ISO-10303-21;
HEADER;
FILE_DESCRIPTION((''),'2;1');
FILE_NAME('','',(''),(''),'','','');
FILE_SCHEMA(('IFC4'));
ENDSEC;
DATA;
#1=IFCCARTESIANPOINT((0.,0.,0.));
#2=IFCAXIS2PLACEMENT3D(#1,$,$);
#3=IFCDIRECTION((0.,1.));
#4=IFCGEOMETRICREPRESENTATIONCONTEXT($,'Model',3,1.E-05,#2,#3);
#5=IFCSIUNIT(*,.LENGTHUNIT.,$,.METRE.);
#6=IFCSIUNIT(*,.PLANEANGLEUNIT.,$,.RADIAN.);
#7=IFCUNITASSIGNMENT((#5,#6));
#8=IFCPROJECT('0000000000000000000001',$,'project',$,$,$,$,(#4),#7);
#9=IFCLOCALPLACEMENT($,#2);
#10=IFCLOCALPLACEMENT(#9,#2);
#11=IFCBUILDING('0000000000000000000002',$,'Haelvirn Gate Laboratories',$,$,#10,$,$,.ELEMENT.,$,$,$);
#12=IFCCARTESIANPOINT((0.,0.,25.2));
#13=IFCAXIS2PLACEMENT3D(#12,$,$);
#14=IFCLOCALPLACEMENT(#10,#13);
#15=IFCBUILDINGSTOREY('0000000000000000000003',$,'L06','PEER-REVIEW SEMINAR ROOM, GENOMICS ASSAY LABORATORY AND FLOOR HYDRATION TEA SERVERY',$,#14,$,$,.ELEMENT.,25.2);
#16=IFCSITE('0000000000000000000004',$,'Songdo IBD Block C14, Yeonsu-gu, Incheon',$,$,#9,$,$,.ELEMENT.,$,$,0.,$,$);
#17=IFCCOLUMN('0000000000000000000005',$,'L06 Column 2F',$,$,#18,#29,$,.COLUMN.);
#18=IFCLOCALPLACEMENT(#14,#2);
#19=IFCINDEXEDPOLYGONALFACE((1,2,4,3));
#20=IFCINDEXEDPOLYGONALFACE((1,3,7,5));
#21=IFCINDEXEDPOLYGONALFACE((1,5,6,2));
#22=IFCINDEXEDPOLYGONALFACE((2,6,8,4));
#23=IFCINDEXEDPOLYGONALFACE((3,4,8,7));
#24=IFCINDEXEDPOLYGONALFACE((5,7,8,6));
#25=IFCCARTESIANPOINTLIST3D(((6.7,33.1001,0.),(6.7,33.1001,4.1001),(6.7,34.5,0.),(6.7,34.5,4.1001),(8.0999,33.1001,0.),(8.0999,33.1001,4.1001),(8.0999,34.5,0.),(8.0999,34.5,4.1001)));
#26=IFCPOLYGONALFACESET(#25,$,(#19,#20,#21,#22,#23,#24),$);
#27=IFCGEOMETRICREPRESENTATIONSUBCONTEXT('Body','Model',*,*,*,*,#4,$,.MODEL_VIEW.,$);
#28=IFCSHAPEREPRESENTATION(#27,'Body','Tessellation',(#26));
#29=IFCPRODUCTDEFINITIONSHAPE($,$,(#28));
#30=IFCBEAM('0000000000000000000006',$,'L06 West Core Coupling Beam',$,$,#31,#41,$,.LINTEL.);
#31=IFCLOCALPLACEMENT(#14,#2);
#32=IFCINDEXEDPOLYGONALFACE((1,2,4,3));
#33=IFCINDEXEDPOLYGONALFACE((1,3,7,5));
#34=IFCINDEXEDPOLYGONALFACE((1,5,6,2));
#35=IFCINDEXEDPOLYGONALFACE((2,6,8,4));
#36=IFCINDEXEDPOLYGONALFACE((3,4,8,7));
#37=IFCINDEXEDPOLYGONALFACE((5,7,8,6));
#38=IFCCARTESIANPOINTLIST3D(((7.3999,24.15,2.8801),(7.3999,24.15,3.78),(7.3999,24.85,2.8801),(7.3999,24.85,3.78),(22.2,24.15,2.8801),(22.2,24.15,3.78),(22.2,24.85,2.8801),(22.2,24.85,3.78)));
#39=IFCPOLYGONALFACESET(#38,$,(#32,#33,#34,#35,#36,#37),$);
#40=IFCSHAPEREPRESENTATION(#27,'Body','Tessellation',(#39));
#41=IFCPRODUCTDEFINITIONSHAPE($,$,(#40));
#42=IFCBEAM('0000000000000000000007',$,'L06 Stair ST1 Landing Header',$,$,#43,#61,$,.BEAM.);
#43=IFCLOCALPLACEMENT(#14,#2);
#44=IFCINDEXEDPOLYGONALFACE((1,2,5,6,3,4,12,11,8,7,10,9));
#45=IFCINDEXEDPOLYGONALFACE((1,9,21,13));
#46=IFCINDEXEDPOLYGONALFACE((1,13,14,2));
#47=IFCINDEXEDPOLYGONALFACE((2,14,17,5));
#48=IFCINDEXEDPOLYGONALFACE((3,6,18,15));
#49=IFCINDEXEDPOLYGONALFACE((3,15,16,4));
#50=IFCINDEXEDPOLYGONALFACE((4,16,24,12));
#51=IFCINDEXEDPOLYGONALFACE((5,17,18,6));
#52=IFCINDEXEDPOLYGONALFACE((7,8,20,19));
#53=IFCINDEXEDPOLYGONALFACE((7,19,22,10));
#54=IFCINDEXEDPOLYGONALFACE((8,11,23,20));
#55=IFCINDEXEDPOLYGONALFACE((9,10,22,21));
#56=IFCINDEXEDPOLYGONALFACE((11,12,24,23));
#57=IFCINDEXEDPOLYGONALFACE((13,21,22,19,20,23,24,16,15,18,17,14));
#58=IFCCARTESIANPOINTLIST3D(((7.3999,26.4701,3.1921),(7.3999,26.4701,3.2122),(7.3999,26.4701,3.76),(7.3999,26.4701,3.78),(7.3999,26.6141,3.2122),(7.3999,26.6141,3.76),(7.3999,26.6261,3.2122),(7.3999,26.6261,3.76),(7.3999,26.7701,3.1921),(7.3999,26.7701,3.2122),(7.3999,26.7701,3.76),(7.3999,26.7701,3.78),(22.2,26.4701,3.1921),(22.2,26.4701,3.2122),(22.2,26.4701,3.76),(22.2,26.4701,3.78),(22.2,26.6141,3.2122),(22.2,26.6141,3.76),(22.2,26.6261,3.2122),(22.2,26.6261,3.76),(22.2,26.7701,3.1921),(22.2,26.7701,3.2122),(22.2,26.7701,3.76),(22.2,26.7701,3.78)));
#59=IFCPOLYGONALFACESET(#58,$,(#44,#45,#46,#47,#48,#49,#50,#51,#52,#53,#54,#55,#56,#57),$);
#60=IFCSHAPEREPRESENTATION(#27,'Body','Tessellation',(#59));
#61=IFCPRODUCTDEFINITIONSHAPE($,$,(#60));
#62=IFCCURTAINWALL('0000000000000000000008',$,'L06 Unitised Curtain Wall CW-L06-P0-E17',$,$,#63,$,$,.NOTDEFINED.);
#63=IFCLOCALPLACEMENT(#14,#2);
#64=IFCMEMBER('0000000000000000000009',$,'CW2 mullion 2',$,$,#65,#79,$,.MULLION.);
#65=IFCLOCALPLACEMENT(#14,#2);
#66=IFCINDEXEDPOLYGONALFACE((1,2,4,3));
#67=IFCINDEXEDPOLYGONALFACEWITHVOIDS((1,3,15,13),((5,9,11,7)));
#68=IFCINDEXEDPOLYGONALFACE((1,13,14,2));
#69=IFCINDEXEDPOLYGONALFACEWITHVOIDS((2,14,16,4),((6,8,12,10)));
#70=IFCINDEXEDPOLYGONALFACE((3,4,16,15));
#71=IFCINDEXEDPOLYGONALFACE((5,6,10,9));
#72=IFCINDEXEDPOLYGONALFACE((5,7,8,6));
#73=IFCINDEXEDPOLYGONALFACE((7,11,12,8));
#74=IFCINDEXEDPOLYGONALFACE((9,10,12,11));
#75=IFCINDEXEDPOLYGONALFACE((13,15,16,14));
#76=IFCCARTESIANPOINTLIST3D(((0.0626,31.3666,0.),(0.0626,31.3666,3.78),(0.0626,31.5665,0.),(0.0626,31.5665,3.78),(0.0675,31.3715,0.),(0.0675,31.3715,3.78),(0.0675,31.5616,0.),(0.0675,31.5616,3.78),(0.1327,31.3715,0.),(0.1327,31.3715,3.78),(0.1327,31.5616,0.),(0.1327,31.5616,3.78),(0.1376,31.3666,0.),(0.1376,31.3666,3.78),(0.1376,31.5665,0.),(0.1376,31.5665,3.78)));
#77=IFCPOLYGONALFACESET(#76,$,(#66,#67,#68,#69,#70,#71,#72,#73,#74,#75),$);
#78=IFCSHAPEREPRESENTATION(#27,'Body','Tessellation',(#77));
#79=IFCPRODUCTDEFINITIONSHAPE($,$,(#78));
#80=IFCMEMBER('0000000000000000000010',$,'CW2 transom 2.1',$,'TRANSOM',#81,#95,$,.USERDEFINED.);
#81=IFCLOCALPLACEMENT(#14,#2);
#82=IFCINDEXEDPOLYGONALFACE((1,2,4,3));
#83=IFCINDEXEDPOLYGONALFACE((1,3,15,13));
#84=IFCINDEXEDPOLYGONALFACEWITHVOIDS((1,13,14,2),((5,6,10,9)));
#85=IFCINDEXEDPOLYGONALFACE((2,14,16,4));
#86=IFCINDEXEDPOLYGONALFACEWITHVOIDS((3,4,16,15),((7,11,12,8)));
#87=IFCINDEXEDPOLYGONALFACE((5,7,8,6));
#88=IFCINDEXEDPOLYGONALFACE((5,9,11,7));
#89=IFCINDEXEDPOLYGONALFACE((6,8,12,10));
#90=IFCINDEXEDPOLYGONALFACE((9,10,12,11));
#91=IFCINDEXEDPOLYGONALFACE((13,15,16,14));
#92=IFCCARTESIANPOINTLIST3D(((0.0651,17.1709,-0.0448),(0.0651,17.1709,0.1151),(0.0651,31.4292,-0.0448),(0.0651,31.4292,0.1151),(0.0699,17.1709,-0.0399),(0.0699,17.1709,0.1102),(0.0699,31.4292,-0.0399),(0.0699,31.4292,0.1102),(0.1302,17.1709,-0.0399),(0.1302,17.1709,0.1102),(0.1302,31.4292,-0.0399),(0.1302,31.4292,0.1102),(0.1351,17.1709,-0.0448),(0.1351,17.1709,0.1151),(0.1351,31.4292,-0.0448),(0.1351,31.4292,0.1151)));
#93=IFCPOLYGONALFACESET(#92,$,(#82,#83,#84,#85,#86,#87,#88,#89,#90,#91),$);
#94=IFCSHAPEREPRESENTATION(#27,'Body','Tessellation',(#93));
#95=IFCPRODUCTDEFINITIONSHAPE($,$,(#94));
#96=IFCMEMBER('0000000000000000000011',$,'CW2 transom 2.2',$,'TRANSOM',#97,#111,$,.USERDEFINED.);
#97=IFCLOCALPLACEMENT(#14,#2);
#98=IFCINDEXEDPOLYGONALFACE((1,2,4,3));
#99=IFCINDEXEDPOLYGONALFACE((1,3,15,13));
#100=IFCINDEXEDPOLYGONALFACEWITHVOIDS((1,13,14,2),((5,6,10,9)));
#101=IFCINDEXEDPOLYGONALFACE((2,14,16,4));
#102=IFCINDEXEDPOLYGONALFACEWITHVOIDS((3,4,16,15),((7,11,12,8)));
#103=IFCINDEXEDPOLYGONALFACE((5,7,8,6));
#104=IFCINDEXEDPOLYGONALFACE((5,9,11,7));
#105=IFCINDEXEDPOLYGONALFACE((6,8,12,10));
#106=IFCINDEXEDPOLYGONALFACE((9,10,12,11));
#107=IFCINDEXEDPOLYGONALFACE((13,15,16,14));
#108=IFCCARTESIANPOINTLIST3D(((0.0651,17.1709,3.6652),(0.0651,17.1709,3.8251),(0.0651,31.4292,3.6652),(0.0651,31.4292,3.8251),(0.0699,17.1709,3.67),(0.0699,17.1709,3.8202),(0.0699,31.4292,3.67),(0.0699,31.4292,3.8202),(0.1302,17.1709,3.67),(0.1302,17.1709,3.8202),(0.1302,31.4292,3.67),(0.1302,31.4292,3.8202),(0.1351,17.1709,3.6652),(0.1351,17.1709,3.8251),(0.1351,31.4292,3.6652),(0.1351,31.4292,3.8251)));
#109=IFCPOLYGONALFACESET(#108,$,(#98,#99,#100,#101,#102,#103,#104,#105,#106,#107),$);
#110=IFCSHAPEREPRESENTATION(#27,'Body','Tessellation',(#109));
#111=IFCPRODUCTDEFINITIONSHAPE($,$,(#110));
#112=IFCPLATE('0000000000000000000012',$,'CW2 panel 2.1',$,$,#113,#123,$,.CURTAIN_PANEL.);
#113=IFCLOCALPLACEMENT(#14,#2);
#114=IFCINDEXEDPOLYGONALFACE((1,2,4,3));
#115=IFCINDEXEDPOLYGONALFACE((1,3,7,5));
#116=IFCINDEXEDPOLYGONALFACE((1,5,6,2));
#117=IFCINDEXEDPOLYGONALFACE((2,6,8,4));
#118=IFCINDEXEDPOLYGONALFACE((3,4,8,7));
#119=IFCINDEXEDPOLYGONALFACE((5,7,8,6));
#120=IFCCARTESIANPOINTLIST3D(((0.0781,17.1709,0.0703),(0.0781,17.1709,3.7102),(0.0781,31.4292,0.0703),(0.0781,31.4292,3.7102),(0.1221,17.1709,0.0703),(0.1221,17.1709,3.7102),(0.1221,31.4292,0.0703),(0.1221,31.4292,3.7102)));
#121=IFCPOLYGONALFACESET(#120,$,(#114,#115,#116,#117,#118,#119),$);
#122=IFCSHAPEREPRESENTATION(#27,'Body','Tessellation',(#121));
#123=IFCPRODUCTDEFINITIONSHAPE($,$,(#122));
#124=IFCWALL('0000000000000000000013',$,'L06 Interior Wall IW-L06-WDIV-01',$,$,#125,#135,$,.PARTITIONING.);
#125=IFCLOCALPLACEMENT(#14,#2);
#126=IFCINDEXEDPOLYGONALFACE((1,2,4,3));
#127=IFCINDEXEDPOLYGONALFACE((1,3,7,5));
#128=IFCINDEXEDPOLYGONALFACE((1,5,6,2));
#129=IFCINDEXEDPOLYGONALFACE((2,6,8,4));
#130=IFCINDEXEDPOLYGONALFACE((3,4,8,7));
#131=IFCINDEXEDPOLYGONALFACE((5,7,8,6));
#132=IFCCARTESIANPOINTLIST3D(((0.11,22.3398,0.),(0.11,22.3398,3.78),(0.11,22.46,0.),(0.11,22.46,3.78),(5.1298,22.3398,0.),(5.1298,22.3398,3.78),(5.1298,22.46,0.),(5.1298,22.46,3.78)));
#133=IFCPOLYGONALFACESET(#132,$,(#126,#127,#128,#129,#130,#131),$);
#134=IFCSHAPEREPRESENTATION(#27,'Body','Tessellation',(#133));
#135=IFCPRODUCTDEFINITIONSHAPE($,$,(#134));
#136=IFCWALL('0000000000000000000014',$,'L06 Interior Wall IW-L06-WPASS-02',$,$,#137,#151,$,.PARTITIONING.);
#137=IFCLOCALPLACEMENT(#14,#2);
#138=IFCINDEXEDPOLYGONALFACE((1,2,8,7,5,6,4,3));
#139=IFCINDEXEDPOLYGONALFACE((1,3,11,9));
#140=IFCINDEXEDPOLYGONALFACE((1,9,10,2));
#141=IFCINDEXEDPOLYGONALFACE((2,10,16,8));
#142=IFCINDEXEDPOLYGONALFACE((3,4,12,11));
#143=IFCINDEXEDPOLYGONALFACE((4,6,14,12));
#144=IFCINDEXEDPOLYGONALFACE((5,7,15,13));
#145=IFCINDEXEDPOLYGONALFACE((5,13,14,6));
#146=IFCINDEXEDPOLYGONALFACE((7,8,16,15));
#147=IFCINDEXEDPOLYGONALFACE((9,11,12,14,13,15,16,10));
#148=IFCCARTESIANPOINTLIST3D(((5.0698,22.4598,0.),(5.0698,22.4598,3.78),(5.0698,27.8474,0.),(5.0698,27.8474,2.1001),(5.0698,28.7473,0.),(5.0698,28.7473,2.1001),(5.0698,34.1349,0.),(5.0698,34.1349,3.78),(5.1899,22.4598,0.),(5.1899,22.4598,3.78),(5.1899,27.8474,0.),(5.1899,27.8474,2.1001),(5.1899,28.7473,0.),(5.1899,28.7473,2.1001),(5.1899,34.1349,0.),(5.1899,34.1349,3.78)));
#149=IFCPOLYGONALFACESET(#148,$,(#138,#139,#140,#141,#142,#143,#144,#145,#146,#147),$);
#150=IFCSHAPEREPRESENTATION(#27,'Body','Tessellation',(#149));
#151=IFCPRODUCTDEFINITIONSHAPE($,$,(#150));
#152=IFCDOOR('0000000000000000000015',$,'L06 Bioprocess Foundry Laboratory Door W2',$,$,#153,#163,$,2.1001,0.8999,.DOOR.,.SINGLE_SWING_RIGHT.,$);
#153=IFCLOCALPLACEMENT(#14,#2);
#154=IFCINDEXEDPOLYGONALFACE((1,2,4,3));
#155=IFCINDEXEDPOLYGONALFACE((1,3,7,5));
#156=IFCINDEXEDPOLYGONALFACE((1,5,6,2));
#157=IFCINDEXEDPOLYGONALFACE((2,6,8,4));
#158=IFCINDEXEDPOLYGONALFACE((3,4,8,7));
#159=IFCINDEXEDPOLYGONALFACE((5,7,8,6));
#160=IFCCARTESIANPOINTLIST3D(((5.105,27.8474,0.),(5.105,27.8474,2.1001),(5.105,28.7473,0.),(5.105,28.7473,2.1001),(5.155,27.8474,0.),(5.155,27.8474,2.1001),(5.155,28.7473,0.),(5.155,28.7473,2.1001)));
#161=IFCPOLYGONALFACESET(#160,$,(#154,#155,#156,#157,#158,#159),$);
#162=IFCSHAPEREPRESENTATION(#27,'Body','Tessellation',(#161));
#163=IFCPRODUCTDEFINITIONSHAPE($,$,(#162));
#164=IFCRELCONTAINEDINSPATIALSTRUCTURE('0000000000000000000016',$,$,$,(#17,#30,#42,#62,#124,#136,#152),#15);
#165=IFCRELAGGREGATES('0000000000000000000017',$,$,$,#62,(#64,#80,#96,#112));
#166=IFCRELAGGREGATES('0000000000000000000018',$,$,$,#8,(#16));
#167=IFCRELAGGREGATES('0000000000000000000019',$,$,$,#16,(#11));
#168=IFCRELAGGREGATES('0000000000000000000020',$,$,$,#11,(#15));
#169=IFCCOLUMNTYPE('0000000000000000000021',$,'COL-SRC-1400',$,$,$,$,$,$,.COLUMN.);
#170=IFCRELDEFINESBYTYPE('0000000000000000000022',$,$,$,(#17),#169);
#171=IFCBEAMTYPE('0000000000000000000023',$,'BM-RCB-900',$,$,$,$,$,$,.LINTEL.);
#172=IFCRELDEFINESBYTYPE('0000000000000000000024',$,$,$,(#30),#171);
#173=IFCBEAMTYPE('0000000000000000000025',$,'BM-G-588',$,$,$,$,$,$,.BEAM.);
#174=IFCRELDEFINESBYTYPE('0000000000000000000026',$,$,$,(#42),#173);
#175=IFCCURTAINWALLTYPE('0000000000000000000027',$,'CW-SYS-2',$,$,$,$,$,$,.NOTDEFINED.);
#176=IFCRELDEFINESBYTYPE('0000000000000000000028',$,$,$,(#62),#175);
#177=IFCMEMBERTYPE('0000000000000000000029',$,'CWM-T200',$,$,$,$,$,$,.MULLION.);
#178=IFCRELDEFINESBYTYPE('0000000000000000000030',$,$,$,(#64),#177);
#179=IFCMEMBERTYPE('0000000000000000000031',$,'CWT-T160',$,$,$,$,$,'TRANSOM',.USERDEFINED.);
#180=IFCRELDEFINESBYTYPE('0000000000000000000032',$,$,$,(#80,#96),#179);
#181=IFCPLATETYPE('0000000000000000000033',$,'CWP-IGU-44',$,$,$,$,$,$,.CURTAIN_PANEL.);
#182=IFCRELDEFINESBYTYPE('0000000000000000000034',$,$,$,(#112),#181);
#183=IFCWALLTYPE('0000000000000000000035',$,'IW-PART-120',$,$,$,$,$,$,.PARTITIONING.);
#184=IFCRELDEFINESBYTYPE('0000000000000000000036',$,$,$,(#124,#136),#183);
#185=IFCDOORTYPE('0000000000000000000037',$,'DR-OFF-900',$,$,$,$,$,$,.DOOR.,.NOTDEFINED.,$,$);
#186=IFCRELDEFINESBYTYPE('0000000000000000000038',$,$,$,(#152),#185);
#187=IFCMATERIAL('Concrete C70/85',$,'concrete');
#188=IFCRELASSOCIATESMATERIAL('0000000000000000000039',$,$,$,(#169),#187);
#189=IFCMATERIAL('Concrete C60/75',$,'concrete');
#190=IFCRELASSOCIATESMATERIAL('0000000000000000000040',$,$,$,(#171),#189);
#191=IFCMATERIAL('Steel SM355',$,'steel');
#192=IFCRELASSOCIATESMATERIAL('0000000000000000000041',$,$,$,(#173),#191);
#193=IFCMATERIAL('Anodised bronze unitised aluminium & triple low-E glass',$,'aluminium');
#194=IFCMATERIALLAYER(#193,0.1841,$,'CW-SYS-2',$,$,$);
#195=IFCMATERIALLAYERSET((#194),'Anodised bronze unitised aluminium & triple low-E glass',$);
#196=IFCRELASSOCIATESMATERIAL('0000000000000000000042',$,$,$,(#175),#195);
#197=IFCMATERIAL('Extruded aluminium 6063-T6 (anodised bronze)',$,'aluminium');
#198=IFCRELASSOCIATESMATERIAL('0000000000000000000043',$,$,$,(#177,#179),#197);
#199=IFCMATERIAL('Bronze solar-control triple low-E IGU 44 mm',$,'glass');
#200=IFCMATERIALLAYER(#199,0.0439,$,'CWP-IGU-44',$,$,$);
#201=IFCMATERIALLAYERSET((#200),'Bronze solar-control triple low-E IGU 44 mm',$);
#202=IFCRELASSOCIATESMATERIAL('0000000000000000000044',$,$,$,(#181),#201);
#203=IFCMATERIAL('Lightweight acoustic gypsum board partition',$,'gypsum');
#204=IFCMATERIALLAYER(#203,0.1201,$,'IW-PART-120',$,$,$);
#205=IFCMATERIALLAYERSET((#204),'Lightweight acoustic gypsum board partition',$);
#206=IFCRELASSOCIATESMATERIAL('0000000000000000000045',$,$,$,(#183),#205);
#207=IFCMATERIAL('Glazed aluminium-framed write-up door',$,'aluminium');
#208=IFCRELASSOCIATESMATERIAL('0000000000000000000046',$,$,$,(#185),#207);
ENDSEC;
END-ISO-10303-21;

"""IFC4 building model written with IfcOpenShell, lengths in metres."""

from ifc_helpers import new_model, si_unit, direction, frame, frame_2d, origin, origin_2d, place, context, subcontext, project, spatial, rectangle, hollow_rectangle, i_section, extrude, source, transform, mapped, material, layer, layer_set, material_profile, profile_set, type_object, type_shapes, element, fill, aggregate, save


model = new_model("IFC4")

# Units and contexts
model_context = context("Model", 3, precision=1e-05, world=origin(), true_north=direction((0.0, 1.0)))
body_context = subcontext(model_context, "Body", "Model", "MODEL_VIEW")
ifc_project = project(units=[si_unit("LENGTHUNIT", "METRE"), si_unit("PLANEANGLEUNIT", "RADIAN")], contexts=[model_context])

# Site, building, storey
site_placement = place(None, origin())
site = spatial("IfcSite", under=ifc_project, at=site_placement, Name="Songdo IBD Block C14, Yeonsu-gu, Incheon", CompositionType="ELEMENT", RefElevation=0.0)
building_placement = place(site_placement, origin())
building = spatial("IfcBuilding", under=site, at=building_placement, Name="Haelvirn Gate Laboratories", CompositionType="ELEMENT")
storey_placement = place(building_placement, frame((0.0, 0.0, 25.2)))
storey = spatial("IfcBuildingStorey", under=building, at=storey_placement, Name="L06", Description="PEER-REVIEW SEMINAR ROOM, GENOMICS ASSAY LABORATORY AND FLOOR HYDRATION TEA SERVERY", CompositionType="ELEMENT", Elevation=25.2)

# Column
ifc_material_1 = material(Name="Concrete C70/85", Category="concrete")
ifc_material_profile_1 = material_profile(ifc_material_1, rectangle(XDim=1.3999, YDim=1.3999, at=origin_2d()), Name="SRC-1400x1400")
ifc_profile_set_1 = profile_set([ifc_material_profile_1], Name="Concrete C70/85")
column_type = type_object("IfcColumnType", Name="COL-SRC-1400", PredefinedType="COLUMN", material=ifc_profile_set_1)
shared_shape_1 = source(origin(), body_context, "Body", "SweptSolid", [
    extrude(rectangle(XDim=1.3999, YDim=1.3999, at=origin_2d()), origin(), (0.0, 0.0, 1.0), 4.1001),
])
type_shapes(column_type, [shared_shape_1])
column_placement = place(storey_placement, frame((7.3999, 33.8, 0.0), z_axis=(0.0, 0.0, 1.0), x_axis=(1.0, 0.0, 0.0)))
element("IfcColumn", 1, at=column_placement, inside=storey, type_object=column_type, Name="L06 Column 2F", PredefinedType="COLUMN", context=body_context, shape_type="MappedRepresentation", body=[
    mapped(shared_shape_1, transform((0.0, 0.0, 0.0), scale=1.0)),
])

# Beams
ifc_material_2 = material(Name="Concrete C60/75", Category="concrete")
ifc_material_profile_2 = material_profile(ifc_material_2, rectangle(XDim=0.7, YDim=0.8999, at=origin_2d()), Name="RCB-700x900")
ifc_profile_set_2 = profile_set([ifc_material_profile_2], Name="Concrete C60/75")
beam_type_1 = type_object("IfcBeamType", Name="BM-RCB-900", PredefinedType="LINTEL", material=ifc_profile_set_2)
shared_shape_2 = source(origin(), body_context, "Body", "SweptSolid", [
    extrude(rectangle(XDim=0.7, YDim=0.8999, at=origin_2d()), origin(), (0.0, 0.0, 1.0), 14.8),
])
type_shapes(beam_type_1, [shared_shape_2])
beam_1_placement = place(storey_placement, frame((7.3999, 24.5, 3.3301), z_axis=(1.0, 0.0, 0.0), x_axis=(0.0, 1.0, 0.0)))
element("IfcBeam", 2, at=beam_1_placement, inside=storey, type_object=beam_type_1, Name="L06 West Core Coupling Beam", PredefinedType="LINTEL", context=body_context, shape_type="MappedRepresentation", body=[
    mapped(shared_shape_2, transform((0.0, 0.0, 0.0), scale=1.0)),
])
ifc_material_3 = material(Name="Steel SM355", Category="steel")
ifc_material_profile_3 = material_profile(ifc_material_3, i_section(OverallWidth=0.3, OverallDepth=0.5879, WebThickness=0.012, FlangeThickness=0.02, at=origin_2d()), Name="H-588x300x12x20")
ifc_profile_set_3 = profile_set([ifc_material_profile_3], Name="Steel SM355")
beam_type_2 = type_object("IfcBeamType", Name="BM-G-588", PredefinedType="BEAM", material=ifc_profile_set_3)
shared_shape_3 = source(origin(), body_context, "Body", "SweptSolid", [
    extrude(i_section(OverallWidth=0.3, OverallDepth=0.5879, WebThickness=0.012, FlangeThickness=0.02, at=origin_2d()), origin(), (0.0, 0.0, 1.0), 14.8),
])
type_shapes(beam_type_2, [shared_shape_3])
beam_2_placement = place(storey_placement, frame((7.3999, 26.6201, 3.4861), z_axis=(1.0, 0.0, 0.0), x_axis=(0.0, 1.0, 0.0)))
element("IfcBeam", 3, at=beam_2_placement, inside=storey, type_object=beam_type_2, Name="L06 Stair ST1 Landing Header", PredefinedType="BEAM", context=body_context, shape_type="MappedRepresentation", body=[
    mapped(shared_shape_3, transform((0.0, 0.0, 0.0), scale=1.0)),
])

# Curtain wall, members, plate
ifc_material_4 = material(Name="Anodised bronze unitised aluminium & triple low-E glass", Category="aluminium")
ifc_layer_1 = layer(ifc_material_4, 0.1841, Name="CW-SYS-2")
ifc_layer_set_1 = layer_set([ifc_layer_1], Name="Anodised bronze unitised aluminium & triple low-E glass")
curtain_wall_type = type_object("IfcCurtainWallType", Name="CW-SYS-2", PredefinedType="NOTDEFINED", material=ifc_layer_set_1)
curtain_wall_placement = place(storey_placement, origin())
curtain_wall = element("IfcCurtainWall", 4, at=curtain_wall_placement, inside=storey, type_object=curtain_wall_type, Name="L06 Unitised Curtain Wall CW-L06-P0-E17", PredefinedType="NOTDEFINED")
ifc_material_5 = material(Name="Extruded aluminium 6063-T6 (anodised bronze)", Category="aluminium")
ifc_material_profile_4 = material_profile(ifc_material_5, hollow_rectangle(XDim=0.075, YDim=0.2, WallThickness=0.0049, at=origin_2d()), Name="CWM-200x75x5")
ifc_profile_set_4 = profile_set([ifc_material_profile_4], Name="Extruded aluminium 6063-T6 (anodised bronze)")
member_type_1 = type_object("IfcMemberType", Name="CWM-T200", PredefinedType="MULLION", material=ifc_profile_set_4)
shared_shape_4 = source(origin(), body_context, "Body", "SweptSolid", [
    extrude(hollow_rectangle(XDim=0.075, YDim=0.2, WallThickness=0.0049, at=origin_2d()), origin(), (0.0, 0.0, 1.0), 3.78),
])
type_shapes(member_type_1, [shared_shape_4])
member_1_placement = place(storey_placement, frame((0.1001, 31.4666, 0.0), z_axis=(0.0, 0.0, 1.0), x_axis=(1.0, 0.0, 0.0)))
member_1 = element("IfcMember", 5, at=member_1_placement, type_object=member_type_1, Name="CW2 mullion 2", PredefinedType="MULLION", context=body_context, shape_type="MappedRepresentation", body=[
    mapped(shared_shape_4, transform((0.0, 0.0, 0.0), scale=1.0)),
])
ifc_material_profile_5 = material_profile(ifc_material_5, hollow_rectangle(XDim=0.0701, YDim=0.1599, WallThickness=0.0049, at=origin_2d()), Name="CWT-160x70x5")
ifc_profile_set_5 = profile_set([ifc_material_profile_5], Name="Extruded aluminium 6063-T6 (anodised bronze)")
member_type_2 = type_object("IfcMemberType", Name="CWT-T160", ElementType="TRANSOM", PredefinedType="USERDEFINED", material=ifc_profile_set_5)
shared_shape_5 = source(origin(), body_context, "Body", "SweptSolid", [
    extrude(hollow_rectangle(XDim=0.0701, YDim=0.1599, WallThickness=0.0049, at=origin_2d()), origin(), (0.0, 0.0, 1.0), 14.2583),
])
type_shapes(member_type_2, [shared_shape_5])
member_2_placement = place(storey_placement, frame((0.1001, 31.4292, 0.0352), z_axis=(0.0, -1.0, 0.0), x_axis=(1.0, 0.0, 0.0)))
member_2 = element("IfcMember", 6, at=member_2_placement, type_object=member_type_2, Name="CW2 transom 2.1", ObjectType="TRANSOM", PredefinedType="USERDEFINED", context=body_context, shape_type="MappedRepresentation", body=[
    mapped(shared_shape_5, transform((0.0, 0.0, 0.0), scale=1.0)),
])
member_3_placement = place(storey_placement, frame((0.1001, 31.4292, 3.7451), z_axis=(0.0, -1.0, 0.0), x_axis=(1.0, 0.0, 0.0)))
member_3 = element("IfcMember", 7, at=member_3_placement, type_object=member_type_2, Name="CW2 transom 2.2", ObjectType="TRANSOM", PredefinedType="USERDEFINED", context=body_context, shape_type="MappedRepresentation", body=[
    mapped(shared_shape_5, transform((0.0, 0.0, 0.0), scale=1.0)),
])
ifc_material_6 = material(Name="Bronze solar-control triple low-E IGU 44 mm", Category="glass")
ifc_layer_2 = layer(ifc_material_6, 0.0439, Name="CWP-IGU-44")
ifc_layer_set_2 = layer_set([ifc_layer_2], Name="Bronze solar-control triple low-E IGU 44 mm")
plate_type = type_object("IfcPlateType", Name="CWP-IGU-44", PredefinedType="CURTAIN_PANEL", material=ifc_layer_set_2)
shared_shape_6 = source(origin(), body_context, "Body", "SweptSolid", [
    extrude(rectangle(XDim=14.2583, YDim=0.0439, at=origin_2d()), origin(), (0.0, 0.0, 1.0), 3.6399),
])
type_shapes(plate_type, [shared_shape_6])
plate_placement = place(storey_placement, frame((0.1001, 24.3, 0.0703), z_axis=(0.0, 0.0, 1.0), x_axis=(0.0, -1.0, 0.0)))
plate = element("IfcPlate", 8, at=plate_placement, type_object=plate_type, Name="CW2 panel 2.1", PredefinedType="CURTAIN_PANEL", context=body_context, shape_type="MappedRepresentation", body=[
    mapped(shared_shape_6, transform((0.0, 0.0, 0.0), scale=1.0)),
])
aggregate(curtain_wall, [member_1, member_2, member_3, plate])

# Wall
ifc_material_7 = material(Name="Lightweight acoustic gypsum board partition", Category="gypsum")
ifc_layer_3 = layer(ifc_material_7, 0.1201, Name="IW-PART-120")
ifc_layer_set_3 = layer_set([ifc_layer_3], Name="Lightweight acoustic gypsum board partition")
wall_type_1 = type_object("IfcWallType", Name="IW-PART-120", PredefinedType="PARTITIONING", material=ifc_layer_set_3)
wall_1_placement = place(storey_placement, frame((0.1101, 22.3999, 0.0), z_axis=(0.0, 0.0, 1.0), x_axis=(1.0, 0.0, 0.0)))
element("IfcWall", 9, at=wall_1_placement, inside=storey, type_object=wall_type_1, Name="L06 Interior Wall IW-L06-WDIV-01", PredefinedType="PARTITIONING", context=body_context, shape_type="SweptSolid", body=[
    extrude(rectangle(XDim=5.0198, YDim=0.1201, at=frame_2d((2.5098, 0.0))), origin(), (0.0, 0.0, 1.0), 3.78),
])

# Wall, opening, door
wall_2_placement = place(storey_placement, frame((5.1299, 22.46, 0.0), z_axis=(0.0, 0.0, 1.0), x_axis=(0.0, 1.0, 0.0)))
wall_2 = element("IfcWall", 10, at=wall_2_placement, inside=storey, type_object=wall_type_1, Name="L06 Interior Wall IW-L06-WPASS-02", PredefinedType="PARTITIONING", context=body_context, shape_type="SweptSolid", body=[
    extrude(rectangle(XDim=11.675, YDim=0.1201, at=frame_2d((5.8374, 0.0))), origin(), (0.0, 0.0, 1.0), 3.78),
])
opening_1_placement = place(wall_2_placement, frame((5.3875, 0.0, 0.0)))
opening_1 = element("IfcOpeningElement", 11, at=opening_1_placement, cuts=wall_2, PredefinedType="OPENING", context=body_context, shape_type="SweptSolid", body=[
    extrude(rectangle(XDim=0.8999, YDim=2.1001, at=frame_2d((0.45, 1.05))), frame((0.0, 0.0701, 0.0), z_axis=(0.0, -1.0, 0.0), x_axis=(1.0, 0.0, 0.0)), (0.0, 0.0, 1.0), 0.1401),
])
ifc_material_8 = material(Name="Glazed aluminium-framed write-up door", Category="aluminium")
door_type_1 = type_object("IfcDoorType", Name="DR-OFF-900", OperationType="NOTDEFINED", PredefinedType="DOOR", material=ifc_material_8)
shared_shape_7 = source(origin(), body_context, "Body", "SweptSolid", [
    extrude(rectangle(XDim=0.8999, YDim=2.1001, at=frame_2d((0.45, 1.05))), frame((0.0, 0.0249, 0.0), z_axis=(0.0, -1.0, 0.0), x_axis=(1.0, 0.0, 0.0)), (0.0, 0.0, 1.0), 0.05),
])
type_shapes(door_type_1, [shared_shape_7])
door_1_placement = place(opening_1_placement, origin())
door_1 = element("IfcDoor", 12, at=door_1_placement, inside=storey, type_object=door_type_1, Name="L06 Bioprocess Foundry Laboratory Door W2", OperationType="SINGLE_SWING_RIGHT", OverallHeight=2.1001, OverallWidth=0.8999, PredefinedType="DOOR", context=body_context, shape_type="MappedRepresentation", body=[
    mapped(shared_shape_7, transform((0.0, 0.0, 0.0), scale=1.0)),
])
fill(opening_1, door_1)

save(model, "model.ifc")
